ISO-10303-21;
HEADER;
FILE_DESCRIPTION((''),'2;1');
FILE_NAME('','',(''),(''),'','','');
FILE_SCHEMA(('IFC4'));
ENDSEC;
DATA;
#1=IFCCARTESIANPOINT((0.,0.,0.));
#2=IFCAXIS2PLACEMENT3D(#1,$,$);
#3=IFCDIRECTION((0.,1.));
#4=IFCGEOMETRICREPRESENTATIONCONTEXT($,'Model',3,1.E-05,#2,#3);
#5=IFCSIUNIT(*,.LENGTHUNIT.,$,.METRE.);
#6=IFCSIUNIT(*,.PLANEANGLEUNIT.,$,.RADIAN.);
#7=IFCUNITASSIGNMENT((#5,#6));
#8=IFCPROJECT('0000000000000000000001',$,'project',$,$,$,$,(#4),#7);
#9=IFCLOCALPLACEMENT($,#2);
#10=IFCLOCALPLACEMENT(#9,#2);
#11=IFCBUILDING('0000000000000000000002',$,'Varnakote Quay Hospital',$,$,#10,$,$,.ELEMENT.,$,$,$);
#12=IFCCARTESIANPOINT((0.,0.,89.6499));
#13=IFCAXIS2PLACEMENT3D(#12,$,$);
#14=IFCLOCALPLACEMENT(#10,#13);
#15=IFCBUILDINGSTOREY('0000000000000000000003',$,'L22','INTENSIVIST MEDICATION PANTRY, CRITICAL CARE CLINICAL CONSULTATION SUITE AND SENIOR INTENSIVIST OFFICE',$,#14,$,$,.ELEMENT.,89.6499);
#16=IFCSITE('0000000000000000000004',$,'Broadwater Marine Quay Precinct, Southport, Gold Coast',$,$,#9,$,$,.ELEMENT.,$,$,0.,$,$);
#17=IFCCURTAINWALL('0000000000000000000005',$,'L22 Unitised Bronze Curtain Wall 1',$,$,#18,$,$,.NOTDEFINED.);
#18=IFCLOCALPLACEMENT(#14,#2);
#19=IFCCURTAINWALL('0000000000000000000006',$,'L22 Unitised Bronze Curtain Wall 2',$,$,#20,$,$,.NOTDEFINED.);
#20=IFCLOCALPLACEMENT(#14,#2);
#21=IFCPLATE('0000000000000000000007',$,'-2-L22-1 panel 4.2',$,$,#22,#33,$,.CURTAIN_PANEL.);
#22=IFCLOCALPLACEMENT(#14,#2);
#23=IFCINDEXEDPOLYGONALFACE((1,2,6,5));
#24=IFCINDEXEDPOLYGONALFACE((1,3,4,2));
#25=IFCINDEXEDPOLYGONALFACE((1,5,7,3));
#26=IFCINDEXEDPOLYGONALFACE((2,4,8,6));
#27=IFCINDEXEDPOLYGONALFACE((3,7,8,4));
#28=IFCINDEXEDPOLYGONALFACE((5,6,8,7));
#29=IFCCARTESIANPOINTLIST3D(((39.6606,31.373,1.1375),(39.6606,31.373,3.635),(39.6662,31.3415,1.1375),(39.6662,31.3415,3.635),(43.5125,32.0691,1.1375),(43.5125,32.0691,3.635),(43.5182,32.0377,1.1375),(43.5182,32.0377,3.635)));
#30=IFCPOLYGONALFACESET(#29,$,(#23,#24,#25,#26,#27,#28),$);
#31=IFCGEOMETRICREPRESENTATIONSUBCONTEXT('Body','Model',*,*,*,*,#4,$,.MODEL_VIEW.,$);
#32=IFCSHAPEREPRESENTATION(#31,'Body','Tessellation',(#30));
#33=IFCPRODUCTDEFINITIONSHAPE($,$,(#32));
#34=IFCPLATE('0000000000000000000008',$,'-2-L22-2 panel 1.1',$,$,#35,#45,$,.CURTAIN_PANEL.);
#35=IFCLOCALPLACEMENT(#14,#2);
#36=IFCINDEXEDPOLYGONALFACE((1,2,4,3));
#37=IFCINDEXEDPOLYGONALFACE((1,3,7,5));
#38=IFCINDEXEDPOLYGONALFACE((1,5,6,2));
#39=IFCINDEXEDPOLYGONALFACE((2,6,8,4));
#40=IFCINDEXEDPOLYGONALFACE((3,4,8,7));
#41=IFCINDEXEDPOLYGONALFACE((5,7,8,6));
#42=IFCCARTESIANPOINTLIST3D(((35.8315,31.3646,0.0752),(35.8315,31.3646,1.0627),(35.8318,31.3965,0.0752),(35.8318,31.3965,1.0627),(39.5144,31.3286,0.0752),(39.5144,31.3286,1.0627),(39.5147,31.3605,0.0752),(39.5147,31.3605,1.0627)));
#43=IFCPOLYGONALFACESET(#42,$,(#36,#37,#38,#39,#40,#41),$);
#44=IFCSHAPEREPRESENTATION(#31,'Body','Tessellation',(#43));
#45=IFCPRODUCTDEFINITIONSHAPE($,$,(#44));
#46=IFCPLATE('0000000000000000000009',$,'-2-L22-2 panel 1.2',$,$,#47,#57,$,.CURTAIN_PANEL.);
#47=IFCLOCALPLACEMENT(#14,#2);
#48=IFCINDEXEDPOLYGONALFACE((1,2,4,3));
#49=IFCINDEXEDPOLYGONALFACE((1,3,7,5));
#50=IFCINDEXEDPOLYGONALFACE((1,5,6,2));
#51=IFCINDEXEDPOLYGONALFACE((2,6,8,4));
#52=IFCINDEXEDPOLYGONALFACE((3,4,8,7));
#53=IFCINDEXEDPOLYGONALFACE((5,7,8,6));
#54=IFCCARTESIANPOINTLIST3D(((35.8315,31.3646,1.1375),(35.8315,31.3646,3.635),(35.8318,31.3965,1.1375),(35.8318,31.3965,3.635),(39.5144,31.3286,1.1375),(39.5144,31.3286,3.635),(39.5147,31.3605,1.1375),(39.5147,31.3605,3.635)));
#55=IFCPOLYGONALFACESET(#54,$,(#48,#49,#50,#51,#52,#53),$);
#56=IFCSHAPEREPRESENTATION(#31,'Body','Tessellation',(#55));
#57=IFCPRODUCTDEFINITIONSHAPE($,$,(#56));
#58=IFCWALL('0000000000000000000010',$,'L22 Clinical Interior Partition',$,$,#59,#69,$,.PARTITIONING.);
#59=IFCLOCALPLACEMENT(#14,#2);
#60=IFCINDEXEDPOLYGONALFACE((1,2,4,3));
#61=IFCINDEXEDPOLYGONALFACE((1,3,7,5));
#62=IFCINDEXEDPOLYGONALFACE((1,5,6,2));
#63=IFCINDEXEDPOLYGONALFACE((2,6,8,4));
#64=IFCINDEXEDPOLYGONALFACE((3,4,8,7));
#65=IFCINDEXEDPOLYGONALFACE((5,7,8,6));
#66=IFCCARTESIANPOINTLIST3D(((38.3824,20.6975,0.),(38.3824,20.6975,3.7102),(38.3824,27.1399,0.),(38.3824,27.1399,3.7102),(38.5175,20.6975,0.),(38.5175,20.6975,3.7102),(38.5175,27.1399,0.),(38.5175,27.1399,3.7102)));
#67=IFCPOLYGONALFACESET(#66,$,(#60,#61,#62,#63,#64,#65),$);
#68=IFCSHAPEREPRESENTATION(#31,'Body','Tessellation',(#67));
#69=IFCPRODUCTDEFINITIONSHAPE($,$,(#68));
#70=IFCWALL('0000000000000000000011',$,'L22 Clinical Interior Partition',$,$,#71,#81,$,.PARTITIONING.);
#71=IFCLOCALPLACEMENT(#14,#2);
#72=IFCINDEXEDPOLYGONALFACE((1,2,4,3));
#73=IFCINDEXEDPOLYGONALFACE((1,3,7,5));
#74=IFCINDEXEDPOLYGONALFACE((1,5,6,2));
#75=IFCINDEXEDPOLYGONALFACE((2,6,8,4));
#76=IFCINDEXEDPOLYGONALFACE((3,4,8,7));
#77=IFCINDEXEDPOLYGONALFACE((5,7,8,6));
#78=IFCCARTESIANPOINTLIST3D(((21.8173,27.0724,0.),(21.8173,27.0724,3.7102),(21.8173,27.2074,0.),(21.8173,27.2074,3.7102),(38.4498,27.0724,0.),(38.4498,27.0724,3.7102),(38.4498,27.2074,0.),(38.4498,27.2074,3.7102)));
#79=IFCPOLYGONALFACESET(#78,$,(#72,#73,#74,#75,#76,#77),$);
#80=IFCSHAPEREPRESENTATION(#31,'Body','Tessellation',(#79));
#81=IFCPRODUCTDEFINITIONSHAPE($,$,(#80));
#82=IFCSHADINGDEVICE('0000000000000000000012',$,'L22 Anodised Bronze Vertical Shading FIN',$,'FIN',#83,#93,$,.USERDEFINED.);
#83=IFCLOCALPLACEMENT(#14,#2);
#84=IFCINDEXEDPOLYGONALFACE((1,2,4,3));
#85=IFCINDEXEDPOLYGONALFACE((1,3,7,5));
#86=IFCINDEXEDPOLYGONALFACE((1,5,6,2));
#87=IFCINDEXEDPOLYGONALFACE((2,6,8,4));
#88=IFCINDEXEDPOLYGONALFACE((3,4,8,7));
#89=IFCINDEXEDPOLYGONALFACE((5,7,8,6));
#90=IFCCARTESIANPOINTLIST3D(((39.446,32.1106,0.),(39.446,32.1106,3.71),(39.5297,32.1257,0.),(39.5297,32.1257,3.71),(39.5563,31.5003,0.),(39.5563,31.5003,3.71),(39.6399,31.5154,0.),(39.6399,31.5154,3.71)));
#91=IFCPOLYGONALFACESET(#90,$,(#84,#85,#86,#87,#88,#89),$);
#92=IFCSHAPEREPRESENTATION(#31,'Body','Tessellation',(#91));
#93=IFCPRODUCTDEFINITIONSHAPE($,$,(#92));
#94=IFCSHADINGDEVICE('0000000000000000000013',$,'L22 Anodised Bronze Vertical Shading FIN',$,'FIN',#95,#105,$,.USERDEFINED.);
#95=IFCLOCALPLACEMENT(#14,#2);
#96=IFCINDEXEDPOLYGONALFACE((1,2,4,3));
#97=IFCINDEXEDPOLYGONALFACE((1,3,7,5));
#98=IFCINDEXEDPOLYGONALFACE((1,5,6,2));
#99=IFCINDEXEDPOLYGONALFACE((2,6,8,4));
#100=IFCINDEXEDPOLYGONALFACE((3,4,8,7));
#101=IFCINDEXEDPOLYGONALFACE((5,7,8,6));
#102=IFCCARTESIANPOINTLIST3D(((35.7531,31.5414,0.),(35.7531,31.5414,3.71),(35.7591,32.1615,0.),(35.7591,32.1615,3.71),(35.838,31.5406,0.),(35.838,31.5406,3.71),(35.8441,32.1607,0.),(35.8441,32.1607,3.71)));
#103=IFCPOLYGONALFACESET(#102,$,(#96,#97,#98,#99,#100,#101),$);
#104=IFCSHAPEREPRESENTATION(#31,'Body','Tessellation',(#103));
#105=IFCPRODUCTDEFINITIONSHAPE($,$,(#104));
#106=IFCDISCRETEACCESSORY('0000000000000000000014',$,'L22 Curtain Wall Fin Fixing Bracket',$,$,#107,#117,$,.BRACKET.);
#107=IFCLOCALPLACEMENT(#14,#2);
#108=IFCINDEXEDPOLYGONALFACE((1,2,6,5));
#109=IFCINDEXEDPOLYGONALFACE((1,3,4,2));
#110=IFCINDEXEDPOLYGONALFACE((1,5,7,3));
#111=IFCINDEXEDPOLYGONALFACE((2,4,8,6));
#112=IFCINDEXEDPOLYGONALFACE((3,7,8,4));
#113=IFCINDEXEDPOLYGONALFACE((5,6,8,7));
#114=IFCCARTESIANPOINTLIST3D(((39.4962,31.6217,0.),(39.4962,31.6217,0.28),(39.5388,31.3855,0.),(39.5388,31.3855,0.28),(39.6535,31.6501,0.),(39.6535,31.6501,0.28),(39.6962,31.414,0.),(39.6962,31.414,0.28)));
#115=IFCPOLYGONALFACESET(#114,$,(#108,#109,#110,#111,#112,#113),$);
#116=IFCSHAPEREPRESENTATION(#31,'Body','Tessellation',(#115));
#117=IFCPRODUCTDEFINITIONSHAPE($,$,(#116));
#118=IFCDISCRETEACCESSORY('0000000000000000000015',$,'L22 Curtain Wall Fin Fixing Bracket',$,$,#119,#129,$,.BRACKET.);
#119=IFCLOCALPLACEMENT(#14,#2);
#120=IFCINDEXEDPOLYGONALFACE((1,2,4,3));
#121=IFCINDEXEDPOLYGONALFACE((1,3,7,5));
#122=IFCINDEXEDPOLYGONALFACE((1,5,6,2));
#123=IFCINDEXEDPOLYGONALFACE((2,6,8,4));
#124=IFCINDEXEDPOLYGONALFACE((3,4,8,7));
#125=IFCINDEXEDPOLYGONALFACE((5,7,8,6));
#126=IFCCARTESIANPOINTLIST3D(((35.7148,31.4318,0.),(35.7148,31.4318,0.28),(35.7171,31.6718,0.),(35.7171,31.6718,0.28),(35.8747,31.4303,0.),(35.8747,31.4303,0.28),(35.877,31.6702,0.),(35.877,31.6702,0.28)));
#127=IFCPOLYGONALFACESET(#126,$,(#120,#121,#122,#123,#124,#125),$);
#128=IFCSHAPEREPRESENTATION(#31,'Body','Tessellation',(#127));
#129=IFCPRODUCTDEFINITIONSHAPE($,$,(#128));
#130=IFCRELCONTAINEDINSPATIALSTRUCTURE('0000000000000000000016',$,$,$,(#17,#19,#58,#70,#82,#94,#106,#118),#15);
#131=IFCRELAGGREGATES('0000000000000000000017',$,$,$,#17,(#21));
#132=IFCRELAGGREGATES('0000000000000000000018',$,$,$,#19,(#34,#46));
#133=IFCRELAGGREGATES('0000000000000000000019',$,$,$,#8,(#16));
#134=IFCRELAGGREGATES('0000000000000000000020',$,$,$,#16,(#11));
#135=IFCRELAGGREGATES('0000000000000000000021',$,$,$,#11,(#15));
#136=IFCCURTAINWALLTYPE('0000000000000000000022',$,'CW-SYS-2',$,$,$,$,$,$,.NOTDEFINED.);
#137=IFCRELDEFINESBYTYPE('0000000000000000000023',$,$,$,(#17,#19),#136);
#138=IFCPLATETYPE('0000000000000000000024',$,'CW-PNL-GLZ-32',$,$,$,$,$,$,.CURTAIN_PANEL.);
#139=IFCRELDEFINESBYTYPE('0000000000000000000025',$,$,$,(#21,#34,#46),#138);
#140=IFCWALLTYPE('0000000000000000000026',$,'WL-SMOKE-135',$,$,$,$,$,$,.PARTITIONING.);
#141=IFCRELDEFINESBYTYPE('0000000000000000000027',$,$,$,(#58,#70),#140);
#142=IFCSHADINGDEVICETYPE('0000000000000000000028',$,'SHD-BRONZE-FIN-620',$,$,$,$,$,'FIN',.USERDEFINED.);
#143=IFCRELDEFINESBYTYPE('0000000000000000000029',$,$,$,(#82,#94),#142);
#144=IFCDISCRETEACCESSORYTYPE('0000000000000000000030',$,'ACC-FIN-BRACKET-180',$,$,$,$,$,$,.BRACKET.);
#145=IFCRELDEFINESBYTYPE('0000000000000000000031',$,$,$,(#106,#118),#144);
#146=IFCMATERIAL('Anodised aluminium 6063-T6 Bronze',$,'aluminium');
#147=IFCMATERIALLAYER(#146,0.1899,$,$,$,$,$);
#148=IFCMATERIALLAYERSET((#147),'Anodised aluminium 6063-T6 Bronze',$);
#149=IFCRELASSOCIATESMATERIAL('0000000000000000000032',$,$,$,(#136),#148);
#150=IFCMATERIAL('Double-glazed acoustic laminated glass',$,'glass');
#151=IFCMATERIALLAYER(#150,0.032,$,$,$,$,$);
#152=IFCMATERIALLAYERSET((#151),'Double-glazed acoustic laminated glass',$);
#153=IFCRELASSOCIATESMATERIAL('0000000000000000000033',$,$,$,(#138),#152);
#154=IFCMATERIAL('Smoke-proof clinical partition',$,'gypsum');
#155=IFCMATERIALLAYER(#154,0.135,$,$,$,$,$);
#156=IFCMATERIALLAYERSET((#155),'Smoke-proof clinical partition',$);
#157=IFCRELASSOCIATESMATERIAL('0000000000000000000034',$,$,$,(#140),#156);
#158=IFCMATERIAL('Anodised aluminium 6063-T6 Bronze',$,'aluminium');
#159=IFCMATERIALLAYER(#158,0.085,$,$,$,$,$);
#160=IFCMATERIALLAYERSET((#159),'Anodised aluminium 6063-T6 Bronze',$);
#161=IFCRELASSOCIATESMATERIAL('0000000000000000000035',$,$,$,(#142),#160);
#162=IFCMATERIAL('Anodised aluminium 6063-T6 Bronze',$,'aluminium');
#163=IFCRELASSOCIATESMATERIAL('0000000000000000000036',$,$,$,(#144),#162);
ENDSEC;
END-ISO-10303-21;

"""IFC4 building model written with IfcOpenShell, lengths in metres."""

from ifc_helpers import new_model, si_unit, direction, frame, frame_2d, origin, origin_2d, place, context, subcontext, project, spatial, rectangle, extrude, material, layer, layer_set, type_object, element, aggregate, save


model = new_model("IFC4")

# Units and contexts
model_context = context("Model", 3, precision=1e-05, world=origin(), true_north=direction((0.0, 1.0)))
body_context = subcontext(model_context, "Body", "Model", "MODEL_VIEW")
ifc_project = project(units=[si_unit("LENGTHUNIT", "METRE"), si_unit("PLANEANGLEUNIT", "RADIAN")], contexts=[model_context])

# Site, building, storey
site_placement = place(None, origin())
site = spatial("IfcSite", under=ifc_project, at=site_placement, Name="Broadwater Marine Quay Precinct, Southport, Gold Coast", CompositionType="ELEMENT", RefElevation=0.0)
building_placement = place(site_placement, origin())
building = spatial("IfcBuilding", under=site, at=building_placement, Name="Varnakote Quay Hospital", CompositionType="ELEMENT")
storey_placement = place(building_placement, frame((0.0, 0.0, 89.6499)))
storey = spatial("IfcBuildingStorey", under=building, at=storey_placement, Name="L22", Description="INTENSIVIST MEDICATION PANTRY, CRITICAL CARE CLINICAL CONSULTATION SUITE AND SENIOR INTENSIVIST OFFICE", CompositionType="ELEMENT", Elevation=89.6499)

# Curtain wall
ifc_material_1 = material(Name="Anodised aluminium 6063-T6 Bronze", Category="aluminium")
ifc_layer_1 = layer(ifc_material_1, 0.1899)
ifc_layer_set_1 = layer_set([ifc_layer_1], Name="Anodised aluminium 6063-T6 Bronze")
curtain_wall_type = type_object("IfcCurtainWallType", Name="CW-SYS-2", PredefinedType="NOTDEFINED", material=ifc_layer_set_1)
curtain_wall_1_placement = place(storey_placement, origin())
curtain_wall_1 = element("IfcCurtainWall", 1, at=curtain_wall_1_placement, inside=storey, type_object=curtain_wall_type, Name="L22 Unitised Bronze Curtain Wall 1", PredefinedType="NOTDEFINED")

# Curtain wall
curtain_wall_2_placement = place(storey_placement, origin())
curtain_wall_2 = element("IfcCurtainWall", 2, at=curtain_wall_2_placement, inside=storey, type_object=curtain_wall_type, Name="L22 Unitised Bronze Curtain Wall 2", PredefinedType="NOTDEFINED")

# Plates
ifc_material_2 = material(Name="Double-glazed acoustic laminated glass", Category="glass")
ifc_layer_2 = layer(ifc_material_2, 0.032)
ifc_layer_set_2 = layer_set([ifc_layer_2], Name="Double-glazed acoustic laminated glass")
plate_type = type_object("IfcPlateType", Name="CW-PNL-GLZ-32", PredefinedType="CURTAIN_PANEL", material=ifc_layer_set_2)
plate_1_placement = place(storey_placement, frame((41.5894, 31.7053, 1.1375), z_axis=(0.0, 0.0, 1.0), x_axis=(-0.984058, -0.177846, 0.0)))
plate_1 = element("IfcPlate", 3, at=plate_1_placement, type_object=plate_type, Name="-2-L22-1 panel 4.2", PredefinedType="CURTAIN_PANEL", context=body_context, shape_type="SweptSolid", body=[
    extrude(rectangle(XDim=3.9143, YDim=0.032, at=origin_2d()), origin(), (0.0, 0.0, 1.0), 2.4976),
])
aggregate(curtain_wall_1, [plate_1])
plate_2_placement = place(storey_placement, frame((37.6731, 31.3625, 0.0752), z_axis=(0.0, 0.0, 1.0), x_axis=(-0.999952, 0.009774, 0.0)))
plate_2 = element("IfcPlate", 4, at=plate_2_placement, type_object=plate_type, Name="-2-L22-2 panel 1.1", PredefinedType="CURTAIN_PANEL", context=body_context, shape_type="SweptSolid", body=[
    extrude(rectangle(XDim=3.6831, YDim=0.032, at=origin_2d()), origin(), (0.0, 0.0, 1.0), 0.9875),
])
plate_3_placement = place(storey_placement, frame((37.6731, 31.3625, 1.1375), z_axis=(0.0, 0.0, 1.0), x_axis=(-0.999952, 0.009774, 0.0)))
plate_3 = element("IfcPlate", 5, at=plate_3_placement, type_object=plate_type, Name="-2-L22-2 panel 1.2", PredefinedType="CURTAIN_PANEL", context=body_context, shape_type="SweptSolid", body=[
    extrude(rectangle(XDim=3.6831, YDim=0.032, at=origin_2d()), origin(), (0.0, 0.0, 1.0), 2.4976),
])
aggregate(curtain_wall_2, [plate_2, plate_3])

# Walls
ifc_material_3 = material(Name="Smoke-proof clinical partition", Category="gypsum")
ifc_layer_3 = layer(ifc_material_3, 0.135)
ifc_layer_set_3 = layer_set([ifc_layer_3], Name="Smoke-proof clinical partition")
wall_type = type_object("IfcWallType", Name="WL-SMOKE-135", PredefinedType="PARTITIONING", material=ifc_layer_set_3)
wall_1_placement = place(storey_placement, frame((38.45, 20.6975, 0.0), z_axis=(0.0, 0.0, 1.0), x_axis=(0.0, 1.0, 0.0)))
element("IfcWall", 6, at=wall_1_placement, inside=storey, type_object=wall_type, Name="L22 Clinical Interior Partition", PredefinedType="PARTITIONING", context=body_context, shape_type="SweptSolid", body=[
    extrude(rectangle(XDim=6.4424, YDim=0.135, at=frame_2d((3.2212, 0.0))), origin(), (0.0, 0.0, 1.0), 3.7102),
])
wall_2_placement = place(storey_placement, frame((38.45, 27.1399, 0.0), z_axis=(0.0, 0.0, 1.0), x_axis=(-1.0, 0.0, 0.0)))
element("IfcWall", 7, at=wall_2_placement, inside=storey, type_object=wall_type, Name="L22 Clinical Interior Partition", PredefinedType="PARTITIONING", context=body_context, shape_type="SweptSolid", body=[
    extrude(rectangle(XDim=16.6326, YDim=0.135, at=frame_2d((8.3164, 0.0))), origin(), (0.0, 0.0, 1.0), 3.7102),
])

# Shading devices
ifc_material_4 = material(Name="Anodised aluminium 6063-T6 Bronze", Category="aluminium")
ifc_layer_4 = layer(ifc_material_4, 0.085)
ifc_layer_set_4 = layer_set([ifc_layer_4], Name="Anodised aluminium 6063-T6 Bronze")
shading_device_type = type_object("IfcShadingDeviceType", Name="SHD-BRONZE-FIN-620", ElementType="FIN", PredefinedType="USERDEFINED", material=ifc_layer_set_4)
for number, where, z_axis, x_axis, name in (
    (8, (39.543, 31.813, 0.0), (0.0, 0.0, 1.0), (0.177772, -0.984072, 0.0), "L22 Anodised Bronze Vertical Shading FIN"),
    (9, (35.7986, 31.8511, 0.0), (0.0, 0.0, 1.0), (-0.009774, -0.999952, 0.0), "L22 Anodised Bronze Vertical Shading FIN"),
):
    element("IfcShadingDevice", number, at=place(storey_placement, frame(where, z_axis=z_axis, x_axis=x_axis)), inside=storey, type_object=shading_device_type, Name=name, ObjectType="FIN", PredefinedType="USERDEFINED", context=body_context, shape_type="SweptSolid", body=[
        extrude(rectangle(XDim=0.6201, YDim=0.085, at=origin_2d()), origin(), (0.0, 0.0, 1.0), 3.71),
    ])

# Discrete accessories
ifc_material_5 = material(Name="Anodised aluminium 6063-T6 Bronze", Category="aluminium")
discrete_accessory_type = type_object("IfcDiscreteAccessoryType", Name="ACC-FIN-BRACKET-180", PredefinedType="BRACKET", material=ifc_material_5)
for number, where, z_axis, x_axis, name in (
    (10, (39.5962, 31.5178, 0.0), (0.0, 0.0, 1.0), (-0.984072, -0.177772, 0.0), "L22 Curtain Wall Fin Fixing Bracket"),
    (11, (35.7959, 31.551, 0.0), (0.0, 0.0, 1.0), (-0.999952, 0.009774, 0.0), "L22 Curtain Wall Fin Fixing Bracket"),
):
    element("IfcDiscreteAccessory", number, at=place(storey_placement, frame(where, z_axis=z_axis, x_axis=x_axis)), inside=storey, type_object=discrete_accessory_type, Name=name, PredefinedType="BRACKET", context=body_context, shape_type="SweptSolid", body=[
        extrude(rectangle(XDim=0.1599, YDim=0.24, at=origin_2d()), origin(), (0.0, 0.0, 1.0), 0.28),
    ])

save(model, "model.ifc")
